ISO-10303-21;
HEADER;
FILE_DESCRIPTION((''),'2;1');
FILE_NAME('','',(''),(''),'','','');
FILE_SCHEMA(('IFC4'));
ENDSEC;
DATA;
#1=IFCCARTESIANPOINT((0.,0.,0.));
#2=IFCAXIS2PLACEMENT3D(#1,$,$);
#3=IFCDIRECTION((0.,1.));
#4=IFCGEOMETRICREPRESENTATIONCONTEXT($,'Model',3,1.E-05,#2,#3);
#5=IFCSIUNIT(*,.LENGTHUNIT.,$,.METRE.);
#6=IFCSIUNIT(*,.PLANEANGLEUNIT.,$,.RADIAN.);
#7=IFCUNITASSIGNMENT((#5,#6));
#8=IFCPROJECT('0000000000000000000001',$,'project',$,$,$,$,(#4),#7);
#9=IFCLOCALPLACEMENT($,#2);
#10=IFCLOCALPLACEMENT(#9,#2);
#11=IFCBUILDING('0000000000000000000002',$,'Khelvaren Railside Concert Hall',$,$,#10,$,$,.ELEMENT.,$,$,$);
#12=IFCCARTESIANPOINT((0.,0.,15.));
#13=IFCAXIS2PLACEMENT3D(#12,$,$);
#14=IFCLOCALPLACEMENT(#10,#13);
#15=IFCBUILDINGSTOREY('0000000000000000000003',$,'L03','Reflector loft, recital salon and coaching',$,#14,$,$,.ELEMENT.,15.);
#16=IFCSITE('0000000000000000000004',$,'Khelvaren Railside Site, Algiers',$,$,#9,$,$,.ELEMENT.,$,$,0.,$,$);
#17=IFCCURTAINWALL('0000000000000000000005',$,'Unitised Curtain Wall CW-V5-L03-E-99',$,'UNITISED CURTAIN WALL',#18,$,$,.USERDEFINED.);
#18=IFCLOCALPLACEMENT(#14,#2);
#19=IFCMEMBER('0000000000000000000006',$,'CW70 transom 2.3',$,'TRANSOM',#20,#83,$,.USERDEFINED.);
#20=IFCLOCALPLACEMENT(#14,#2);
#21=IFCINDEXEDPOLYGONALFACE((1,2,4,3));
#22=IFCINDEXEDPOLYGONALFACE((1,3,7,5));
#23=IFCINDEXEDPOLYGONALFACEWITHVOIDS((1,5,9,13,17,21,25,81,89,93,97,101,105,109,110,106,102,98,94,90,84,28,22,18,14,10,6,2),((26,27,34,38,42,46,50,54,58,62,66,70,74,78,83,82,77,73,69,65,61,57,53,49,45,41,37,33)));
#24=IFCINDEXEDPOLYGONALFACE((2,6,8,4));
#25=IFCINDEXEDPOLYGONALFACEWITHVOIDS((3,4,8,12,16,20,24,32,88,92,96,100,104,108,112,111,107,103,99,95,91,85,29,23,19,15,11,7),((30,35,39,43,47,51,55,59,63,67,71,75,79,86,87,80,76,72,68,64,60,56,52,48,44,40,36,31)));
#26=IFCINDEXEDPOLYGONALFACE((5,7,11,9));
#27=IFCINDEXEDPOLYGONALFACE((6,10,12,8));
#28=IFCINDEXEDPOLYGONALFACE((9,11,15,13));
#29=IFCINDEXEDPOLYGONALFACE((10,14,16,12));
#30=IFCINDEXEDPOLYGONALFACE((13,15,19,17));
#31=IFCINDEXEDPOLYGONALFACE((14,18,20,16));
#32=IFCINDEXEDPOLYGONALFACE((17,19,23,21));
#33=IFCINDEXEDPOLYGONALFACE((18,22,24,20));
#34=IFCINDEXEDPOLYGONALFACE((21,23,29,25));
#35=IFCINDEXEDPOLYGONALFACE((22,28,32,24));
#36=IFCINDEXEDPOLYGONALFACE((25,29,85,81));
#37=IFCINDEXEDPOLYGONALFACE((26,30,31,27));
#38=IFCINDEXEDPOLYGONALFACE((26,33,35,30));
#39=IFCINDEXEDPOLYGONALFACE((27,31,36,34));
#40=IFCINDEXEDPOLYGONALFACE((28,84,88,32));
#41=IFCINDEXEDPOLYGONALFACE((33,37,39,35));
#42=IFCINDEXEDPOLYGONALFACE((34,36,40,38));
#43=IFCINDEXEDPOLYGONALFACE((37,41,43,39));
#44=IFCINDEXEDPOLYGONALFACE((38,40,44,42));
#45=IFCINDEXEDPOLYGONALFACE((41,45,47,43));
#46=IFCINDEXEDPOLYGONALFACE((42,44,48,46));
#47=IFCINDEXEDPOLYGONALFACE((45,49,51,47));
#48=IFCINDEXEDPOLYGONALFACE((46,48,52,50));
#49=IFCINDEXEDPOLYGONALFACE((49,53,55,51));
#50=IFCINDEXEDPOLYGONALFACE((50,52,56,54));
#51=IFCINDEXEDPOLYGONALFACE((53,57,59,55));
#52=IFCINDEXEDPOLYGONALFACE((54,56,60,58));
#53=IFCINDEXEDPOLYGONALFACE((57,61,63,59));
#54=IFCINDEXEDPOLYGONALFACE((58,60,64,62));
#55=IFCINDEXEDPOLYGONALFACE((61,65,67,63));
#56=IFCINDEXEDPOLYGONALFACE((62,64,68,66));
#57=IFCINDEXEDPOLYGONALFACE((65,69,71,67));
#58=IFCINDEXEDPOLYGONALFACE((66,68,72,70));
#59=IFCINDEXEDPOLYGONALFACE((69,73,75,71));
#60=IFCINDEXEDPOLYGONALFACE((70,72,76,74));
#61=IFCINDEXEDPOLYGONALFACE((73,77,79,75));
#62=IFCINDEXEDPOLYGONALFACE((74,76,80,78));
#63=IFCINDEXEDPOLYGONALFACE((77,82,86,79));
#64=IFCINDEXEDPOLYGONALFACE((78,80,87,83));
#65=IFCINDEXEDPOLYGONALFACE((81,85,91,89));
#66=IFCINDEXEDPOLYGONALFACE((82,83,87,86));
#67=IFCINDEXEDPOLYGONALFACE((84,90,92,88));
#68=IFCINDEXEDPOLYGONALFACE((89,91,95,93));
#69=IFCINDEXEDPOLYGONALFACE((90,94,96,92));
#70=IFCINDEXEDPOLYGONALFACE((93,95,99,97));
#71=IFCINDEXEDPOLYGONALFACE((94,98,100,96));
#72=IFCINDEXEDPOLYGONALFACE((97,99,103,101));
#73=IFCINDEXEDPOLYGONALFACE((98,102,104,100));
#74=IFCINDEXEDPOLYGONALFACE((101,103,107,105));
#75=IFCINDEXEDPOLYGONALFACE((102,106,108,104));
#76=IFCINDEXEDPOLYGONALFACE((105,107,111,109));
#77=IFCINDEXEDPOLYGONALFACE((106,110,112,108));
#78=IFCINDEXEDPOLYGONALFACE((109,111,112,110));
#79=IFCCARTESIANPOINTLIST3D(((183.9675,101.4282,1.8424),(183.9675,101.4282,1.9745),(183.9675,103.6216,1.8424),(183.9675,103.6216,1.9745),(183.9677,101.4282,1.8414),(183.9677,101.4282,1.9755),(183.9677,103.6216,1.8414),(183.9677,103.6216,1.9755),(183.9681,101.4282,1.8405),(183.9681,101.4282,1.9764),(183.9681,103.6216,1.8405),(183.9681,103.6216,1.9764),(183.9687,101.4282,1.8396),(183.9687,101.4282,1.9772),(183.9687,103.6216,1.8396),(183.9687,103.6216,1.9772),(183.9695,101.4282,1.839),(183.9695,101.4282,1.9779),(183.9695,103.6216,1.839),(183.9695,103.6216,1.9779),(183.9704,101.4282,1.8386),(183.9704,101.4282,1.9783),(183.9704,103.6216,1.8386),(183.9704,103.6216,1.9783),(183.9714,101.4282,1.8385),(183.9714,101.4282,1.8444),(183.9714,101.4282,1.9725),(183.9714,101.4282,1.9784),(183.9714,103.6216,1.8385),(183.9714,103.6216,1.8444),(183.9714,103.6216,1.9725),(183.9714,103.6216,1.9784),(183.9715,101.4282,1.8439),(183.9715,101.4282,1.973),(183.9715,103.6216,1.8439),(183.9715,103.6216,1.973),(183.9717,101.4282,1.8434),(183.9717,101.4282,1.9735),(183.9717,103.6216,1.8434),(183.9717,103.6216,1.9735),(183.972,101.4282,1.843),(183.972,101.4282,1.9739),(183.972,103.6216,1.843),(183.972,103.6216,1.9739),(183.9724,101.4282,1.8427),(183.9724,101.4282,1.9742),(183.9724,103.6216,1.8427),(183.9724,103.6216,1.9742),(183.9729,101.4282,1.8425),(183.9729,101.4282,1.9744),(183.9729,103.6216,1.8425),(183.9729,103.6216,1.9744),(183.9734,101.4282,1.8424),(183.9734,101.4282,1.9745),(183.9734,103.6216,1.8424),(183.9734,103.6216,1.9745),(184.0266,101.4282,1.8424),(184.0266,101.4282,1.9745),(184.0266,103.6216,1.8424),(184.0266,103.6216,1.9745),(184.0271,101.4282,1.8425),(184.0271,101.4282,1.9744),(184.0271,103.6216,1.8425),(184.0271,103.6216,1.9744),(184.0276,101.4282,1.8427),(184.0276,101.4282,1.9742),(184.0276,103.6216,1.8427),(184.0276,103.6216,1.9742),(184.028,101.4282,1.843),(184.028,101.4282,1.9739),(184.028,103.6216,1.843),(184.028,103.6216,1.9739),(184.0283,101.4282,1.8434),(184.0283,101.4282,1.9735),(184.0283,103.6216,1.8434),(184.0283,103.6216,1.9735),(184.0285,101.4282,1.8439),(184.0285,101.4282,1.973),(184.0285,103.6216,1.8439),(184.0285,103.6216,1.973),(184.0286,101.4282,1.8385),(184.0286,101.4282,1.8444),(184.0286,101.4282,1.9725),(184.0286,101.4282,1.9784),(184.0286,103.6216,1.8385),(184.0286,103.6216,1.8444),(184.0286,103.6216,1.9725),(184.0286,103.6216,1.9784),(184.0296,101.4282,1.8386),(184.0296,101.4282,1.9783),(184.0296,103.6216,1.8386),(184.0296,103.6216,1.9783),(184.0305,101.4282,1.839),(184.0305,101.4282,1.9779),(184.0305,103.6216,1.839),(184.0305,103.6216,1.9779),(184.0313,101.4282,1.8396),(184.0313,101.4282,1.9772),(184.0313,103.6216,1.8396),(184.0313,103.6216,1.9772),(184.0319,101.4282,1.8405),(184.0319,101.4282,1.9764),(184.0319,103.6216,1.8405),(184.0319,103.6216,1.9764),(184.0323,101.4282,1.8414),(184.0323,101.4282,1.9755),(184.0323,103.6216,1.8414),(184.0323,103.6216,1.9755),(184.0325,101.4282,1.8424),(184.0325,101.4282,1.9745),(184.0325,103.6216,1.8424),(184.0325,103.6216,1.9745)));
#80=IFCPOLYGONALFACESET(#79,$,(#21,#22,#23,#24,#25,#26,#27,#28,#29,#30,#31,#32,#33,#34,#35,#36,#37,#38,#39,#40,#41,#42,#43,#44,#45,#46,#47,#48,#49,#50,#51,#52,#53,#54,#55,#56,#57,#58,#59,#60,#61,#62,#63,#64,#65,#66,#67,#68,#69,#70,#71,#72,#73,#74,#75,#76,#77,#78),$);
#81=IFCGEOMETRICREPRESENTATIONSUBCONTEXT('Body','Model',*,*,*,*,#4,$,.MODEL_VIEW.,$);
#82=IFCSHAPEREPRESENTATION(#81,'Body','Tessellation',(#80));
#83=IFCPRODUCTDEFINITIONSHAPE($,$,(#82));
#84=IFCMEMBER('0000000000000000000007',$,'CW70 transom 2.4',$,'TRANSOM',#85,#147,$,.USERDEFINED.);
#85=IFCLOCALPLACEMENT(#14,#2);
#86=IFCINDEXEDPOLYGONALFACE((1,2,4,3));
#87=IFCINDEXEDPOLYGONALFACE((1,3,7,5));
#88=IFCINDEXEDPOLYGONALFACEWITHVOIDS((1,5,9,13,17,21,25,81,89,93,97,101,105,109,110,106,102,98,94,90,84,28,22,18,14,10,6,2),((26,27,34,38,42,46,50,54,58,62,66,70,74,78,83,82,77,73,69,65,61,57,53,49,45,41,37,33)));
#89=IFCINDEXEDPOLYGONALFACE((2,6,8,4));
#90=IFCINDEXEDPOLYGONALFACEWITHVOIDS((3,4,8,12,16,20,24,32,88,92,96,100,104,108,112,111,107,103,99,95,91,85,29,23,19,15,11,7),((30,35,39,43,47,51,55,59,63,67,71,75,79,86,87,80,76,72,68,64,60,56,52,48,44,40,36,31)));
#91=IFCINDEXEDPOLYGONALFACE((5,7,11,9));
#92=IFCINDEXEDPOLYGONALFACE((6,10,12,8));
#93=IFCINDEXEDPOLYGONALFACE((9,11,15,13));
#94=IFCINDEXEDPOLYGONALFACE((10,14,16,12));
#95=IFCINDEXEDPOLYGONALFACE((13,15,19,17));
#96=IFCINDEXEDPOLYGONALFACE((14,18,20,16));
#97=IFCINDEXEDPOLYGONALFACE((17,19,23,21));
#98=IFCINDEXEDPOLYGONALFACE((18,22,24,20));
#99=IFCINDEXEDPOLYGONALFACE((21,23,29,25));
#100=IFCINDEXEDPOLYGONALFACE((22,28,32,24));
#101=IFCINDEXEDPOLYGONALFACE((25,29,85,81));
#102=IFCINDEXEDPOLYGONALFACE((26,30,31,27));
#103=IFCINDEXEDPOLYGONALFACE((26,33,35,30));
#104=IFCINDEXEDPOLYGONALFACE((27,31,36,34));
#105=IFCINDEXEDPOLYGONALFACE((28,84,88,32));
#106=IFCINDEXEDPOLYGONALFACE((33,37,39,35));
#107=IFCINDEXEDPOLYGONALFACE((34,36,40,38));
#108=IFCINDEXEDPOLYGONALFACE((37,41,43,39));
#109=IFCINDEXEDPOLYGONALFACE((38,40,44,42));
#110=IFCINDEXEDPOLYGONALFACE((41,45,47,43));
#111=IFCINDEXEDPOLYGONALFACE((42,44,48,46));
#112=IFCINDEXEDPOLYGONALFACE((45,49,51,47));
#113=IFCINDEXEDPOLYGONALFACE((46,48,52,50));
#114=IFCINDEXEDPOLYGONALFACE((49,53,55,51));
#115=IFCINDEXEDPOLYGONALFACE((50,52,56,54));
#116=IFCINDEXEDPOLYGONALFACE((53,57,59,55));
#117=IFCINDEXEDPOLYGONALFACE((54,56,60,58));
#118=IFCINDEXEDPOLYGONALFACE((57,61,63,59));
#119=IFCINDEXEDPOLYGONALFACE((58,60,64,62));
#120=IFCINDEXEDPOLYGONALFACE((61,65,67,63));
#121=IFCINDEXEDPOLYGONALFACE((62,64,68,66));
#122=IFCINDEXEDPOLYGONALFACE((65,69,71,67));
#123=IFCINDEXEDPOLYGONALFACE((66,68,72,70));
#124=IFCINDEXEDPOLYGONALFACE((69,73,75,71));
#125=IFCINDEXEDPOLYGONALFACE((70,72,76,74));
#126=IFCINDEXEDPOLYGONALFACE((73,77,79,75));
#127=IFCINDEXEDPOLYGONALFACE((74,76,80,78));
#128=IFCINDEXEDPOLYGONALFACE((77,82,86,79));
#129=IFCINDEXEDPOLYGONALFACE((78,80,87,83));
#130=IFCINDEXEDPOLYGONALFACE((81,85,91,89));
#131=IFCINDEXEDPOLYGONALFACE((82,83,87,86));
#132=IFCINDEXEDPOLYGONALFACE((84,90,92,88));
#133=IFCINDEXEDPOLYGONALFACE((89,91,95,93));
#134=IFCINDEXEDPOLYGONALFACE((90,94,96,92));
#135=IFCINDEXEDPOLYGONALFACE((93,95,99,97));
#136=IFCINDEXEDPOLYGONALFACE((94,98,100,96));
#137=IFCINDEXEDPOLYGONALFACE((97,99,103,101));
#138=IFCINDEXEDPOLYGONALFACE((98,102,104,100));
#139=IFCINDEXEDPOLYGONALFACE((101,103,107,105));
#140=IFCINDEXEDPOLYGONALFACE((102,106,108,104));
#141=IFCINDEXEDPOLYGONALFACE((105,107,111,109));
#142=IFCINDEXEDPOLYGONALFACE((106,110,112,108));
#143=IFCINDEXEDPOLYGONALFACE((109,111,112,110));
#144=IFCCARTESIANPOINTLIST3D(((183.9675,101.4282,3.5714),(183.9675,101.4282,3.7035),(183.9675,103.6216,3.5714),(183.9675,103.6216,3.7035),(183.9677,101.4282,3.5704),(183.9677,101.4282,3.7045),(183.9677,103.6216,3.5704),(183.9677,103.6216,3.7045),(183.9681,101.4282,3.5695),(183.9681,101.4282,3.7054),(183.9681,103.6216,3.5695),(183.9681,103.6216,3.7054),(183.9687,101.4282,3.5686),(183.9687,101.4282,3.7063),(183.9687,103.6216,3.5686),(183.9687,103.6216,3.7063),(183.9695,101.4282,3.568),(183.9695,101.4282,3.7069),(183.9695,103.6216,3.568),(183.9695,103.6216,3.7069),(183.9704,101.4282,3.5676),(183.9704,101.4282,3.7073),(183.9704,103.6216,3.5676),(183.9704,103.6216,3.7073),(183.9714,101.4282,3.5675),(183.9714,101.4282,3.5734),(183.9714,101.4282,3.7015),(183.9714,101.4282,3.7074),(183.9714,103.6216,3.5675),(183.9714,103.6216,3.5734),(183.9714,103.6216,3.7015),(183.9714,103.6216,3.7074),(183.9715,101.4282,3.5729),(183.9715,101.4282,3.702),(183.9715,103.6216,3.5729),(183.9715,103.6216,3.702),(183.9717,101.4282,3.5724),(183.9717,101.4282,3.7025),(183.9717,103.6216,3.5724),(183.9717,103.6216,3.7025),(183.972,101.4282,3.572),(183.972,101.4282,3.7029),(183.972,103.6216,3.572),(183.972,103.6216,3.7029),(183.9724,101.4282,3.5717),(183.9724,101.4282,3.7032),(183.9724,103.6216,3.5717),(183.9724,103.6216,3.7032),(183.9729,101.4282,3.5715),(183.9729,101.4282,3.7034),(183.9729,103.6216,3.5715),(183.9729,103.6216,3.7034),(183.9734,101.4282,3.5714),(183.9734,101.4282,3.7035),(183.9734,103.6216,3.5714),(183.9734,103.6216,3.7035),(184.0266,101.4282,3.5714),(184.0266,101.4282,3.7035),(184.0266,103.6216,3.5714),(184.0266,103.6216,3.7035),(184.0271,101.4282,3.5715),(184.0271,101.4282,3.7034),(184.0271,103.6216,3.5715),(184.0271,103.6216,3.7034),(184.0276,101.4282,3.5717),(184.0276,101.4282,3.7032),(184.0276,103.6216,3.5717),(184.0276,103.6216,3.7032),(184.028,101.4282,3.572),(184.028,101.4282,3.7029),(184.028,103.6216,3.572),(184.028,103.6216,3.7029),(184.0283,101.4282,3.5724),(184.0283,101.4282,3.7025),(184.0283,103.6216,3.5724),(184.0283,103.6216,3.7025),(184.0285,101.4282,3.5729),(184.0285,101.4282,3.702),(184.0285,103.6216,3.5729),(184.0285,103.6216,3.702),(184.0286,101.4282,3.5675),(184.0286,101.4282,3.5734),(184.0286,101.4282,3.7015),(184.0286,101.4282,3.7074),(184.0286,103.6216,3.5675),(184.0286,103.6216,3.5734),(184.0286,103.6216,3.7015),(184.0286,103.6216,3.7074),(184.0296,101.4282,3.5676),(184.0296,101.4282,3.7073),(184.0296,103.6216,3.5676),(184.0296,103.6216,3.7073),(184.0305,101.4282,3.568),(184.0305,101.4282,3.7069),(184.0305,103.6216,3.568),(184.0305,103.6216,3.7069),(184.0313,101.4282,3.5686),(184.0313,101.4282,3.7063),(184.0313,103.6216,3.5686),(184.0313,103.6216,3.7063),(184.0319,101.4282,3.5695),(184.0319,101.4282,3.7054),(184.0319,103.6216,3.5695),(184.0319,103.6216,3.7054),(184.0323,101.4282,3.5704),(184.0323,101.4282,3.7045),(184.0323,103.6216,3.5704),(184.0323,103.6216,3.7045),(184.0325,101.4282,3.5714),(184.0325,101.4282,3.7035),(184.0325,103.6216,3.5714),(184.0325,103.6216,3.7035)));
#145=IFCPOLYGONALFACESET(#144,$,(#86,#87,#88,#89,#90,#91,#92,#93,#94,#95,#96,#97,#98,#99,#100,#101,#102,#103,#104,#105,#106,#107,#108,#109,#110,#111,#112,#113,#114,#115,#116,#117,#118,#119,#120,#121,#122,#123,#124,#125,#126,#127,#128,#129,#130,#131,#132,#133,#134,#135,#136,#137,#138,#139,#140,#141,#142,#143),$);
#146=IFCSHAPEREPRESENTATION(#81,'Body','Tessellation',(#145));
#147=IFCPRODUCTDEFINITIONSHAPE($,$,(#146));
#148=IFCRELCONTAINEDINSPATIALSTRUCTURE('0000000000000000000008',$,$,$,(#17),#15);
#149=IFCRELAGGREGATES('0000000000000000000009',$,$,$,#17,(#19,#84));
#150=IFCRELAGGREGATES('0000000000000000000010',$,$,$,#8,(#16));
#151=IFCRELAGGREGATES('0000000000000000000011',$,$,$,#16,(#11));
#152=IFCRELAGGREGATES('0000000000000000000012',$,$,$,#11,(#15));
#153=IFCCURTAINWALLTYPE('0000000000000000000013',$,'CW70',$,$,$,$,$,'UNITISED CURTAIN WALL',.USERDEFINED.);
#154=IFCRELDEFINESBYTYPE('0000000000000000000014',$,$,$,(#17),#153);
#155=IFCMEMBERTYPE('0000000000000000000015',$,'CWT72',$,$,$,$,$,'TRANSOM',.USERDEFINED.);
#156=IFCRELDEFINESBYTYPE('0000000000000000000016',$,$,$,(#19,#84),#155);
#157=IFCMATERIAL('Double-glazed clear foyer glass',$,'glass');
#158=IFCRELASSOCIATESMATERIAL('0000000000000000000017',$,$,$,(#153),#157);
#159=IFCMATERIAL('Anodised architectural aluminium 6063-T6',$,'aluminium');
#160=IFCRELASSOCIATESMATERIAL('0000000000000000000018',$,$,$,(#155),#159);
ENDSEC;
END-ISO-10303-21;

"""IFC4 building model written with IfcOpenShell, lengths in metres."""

from ifc_helpers import new_model, si_unit, direction, frame, origin, origin_2d, place, context, subcontext, project, spatial, hollow_rectangle, extrude, material, material_profile, profile_set, type_object, element, aggregate, save


model = new_model("IFC4")

# Units and contexts
model_context = context("Model", 3, precision=1e-05, world=origin(), true_north=direction((0.0, 1.0)))
body_context = subcontext(model_context, "Body", "Model", "MODEL_VIEW")
ifc_project = project(units=[si_unit("LENGTHUNIT", "METRE"), si_unit("PLANEANGLEUNIT", "RADIAN")], contexts=[model_context])

# Site, building, storey
site_placement = place(None, origin())
site = spatial("IfcSite", under=ifc_project, at=site_placement, Name="Khelvaren Railside Site, Algiers", CompositionType="ELEMENT", RefElevation=0.0)
building_placement = place(site_placement, origin())
building = spatial("IfcBuilding", under=site, at=building_placement, Name="Khelvaren Railside Concert Hall", CompositionType="ELEMENT")
storey_placement = place(building_placement, frame((0.0, 0.0, 15.0)))
storey = spatial("IfcBuildingStorey", under=building, at=storey_placement, Name="L03", Description="Reflector loft, recital salon and coaching", CompositionType="ELEMENT", Elevation=15.0)

# Curtain wall
ifc_material_1 = material(Name="Double-glazed clear foyer glass", Category="glass")
curtain_wall_type_1 = type_object("IfcCurtainWallType", Name="CW70", ElementType="UNITISED CURTAIN WALL", PredefinedType="USERDEFINED", material=ifc_material_1)
curtain_wall_1_placement = place(storey_placement, origin())
curtain_wall_1 = element("IfcCurtainWall", 1, at=curtain_wall_1_placement, inside=storey, type_object=curtain_wall_type_1, Name="Unitised Curtain Wall CW-V5-L03-E-99", ObjectType="UNITISED CURTAIN WALL", PredefinedType="USERDEFINED")
ifc_material_2 = material(Name="Anodised architectural aluminium 6063-T6", Category="aluminium")

# Members
ifc_material_profile_1 = material_profile(ifc_material_2, hollow_rectangle(XDim=0.0649, YDim=0.1399, WallThickness=0.0039, InnerFilletRadius=0.002, OuterFilletRadius=0.0039, at=origin_2d()), Name="CWT 65x140x4")
ifc_profile_set_1 = profile_set([ifc_material_profile_1], Name="Anodised architectural aluminium 6063-T6")
member_type_1 = type_object("IfcMemberType", Name="CWT72", ElementType="TRANSOM", PredefinedType="USERDEFINED", material=ifc_profile_set_1)
member_1_placement = place(storey_placement, frame((184.0, 103.6216, 1.9084), z_axis=(0.0, -1.0, 0.0), x_axis=(1.0, 0.0, 0.0)))
member_1 = element("IfcMember", 2, at=member_1_placement, type_object=member_type_1, Name="CW70 transom 2.3", ObjectType="TRANSOM", PredefinedType="USERDEFINED", context=body_context, shape_type="SweptSolid", body=[
    extrude(hollow_rectangle(XDim=0.0649, YDim=0.1399, WallThickness=0.0039, InnerFilletRadius=0.002, OuterFilletRadius=0.0039, at=origin_2d()), origin(), (0.0, 0.0, 1.0), 2.1934),
])
member_2_placement = place(storey_placement, frame((184.0, 103.6216, 3.6375), z_axis=(0.0, -1.0, 0.0), x_axis=(1.0, 0.0, 0.0)))
member_2 = element("IfcMember", 3, at=member_2_placement, type_object=member_type_1, Name="CW70 transom 2.4", ObjectType="TRANSOM", PredefinedType="USERDEFINED", context=body_context, shape_type="SweptSolid", body=[
    extrude(hollow_rectangle(XDim=0.0649, YDim=0.1399, WallThickness=0.0039, InnerFilletRadius=0.002, OuterFilletRadius=0.0039, at=origin_2d()), origin(), (0.0, 0.0, 1.0), 2.1934),
])

aggregate(curtain_wall_1, [member_1, member_2])

save(model, "model.ifc")
